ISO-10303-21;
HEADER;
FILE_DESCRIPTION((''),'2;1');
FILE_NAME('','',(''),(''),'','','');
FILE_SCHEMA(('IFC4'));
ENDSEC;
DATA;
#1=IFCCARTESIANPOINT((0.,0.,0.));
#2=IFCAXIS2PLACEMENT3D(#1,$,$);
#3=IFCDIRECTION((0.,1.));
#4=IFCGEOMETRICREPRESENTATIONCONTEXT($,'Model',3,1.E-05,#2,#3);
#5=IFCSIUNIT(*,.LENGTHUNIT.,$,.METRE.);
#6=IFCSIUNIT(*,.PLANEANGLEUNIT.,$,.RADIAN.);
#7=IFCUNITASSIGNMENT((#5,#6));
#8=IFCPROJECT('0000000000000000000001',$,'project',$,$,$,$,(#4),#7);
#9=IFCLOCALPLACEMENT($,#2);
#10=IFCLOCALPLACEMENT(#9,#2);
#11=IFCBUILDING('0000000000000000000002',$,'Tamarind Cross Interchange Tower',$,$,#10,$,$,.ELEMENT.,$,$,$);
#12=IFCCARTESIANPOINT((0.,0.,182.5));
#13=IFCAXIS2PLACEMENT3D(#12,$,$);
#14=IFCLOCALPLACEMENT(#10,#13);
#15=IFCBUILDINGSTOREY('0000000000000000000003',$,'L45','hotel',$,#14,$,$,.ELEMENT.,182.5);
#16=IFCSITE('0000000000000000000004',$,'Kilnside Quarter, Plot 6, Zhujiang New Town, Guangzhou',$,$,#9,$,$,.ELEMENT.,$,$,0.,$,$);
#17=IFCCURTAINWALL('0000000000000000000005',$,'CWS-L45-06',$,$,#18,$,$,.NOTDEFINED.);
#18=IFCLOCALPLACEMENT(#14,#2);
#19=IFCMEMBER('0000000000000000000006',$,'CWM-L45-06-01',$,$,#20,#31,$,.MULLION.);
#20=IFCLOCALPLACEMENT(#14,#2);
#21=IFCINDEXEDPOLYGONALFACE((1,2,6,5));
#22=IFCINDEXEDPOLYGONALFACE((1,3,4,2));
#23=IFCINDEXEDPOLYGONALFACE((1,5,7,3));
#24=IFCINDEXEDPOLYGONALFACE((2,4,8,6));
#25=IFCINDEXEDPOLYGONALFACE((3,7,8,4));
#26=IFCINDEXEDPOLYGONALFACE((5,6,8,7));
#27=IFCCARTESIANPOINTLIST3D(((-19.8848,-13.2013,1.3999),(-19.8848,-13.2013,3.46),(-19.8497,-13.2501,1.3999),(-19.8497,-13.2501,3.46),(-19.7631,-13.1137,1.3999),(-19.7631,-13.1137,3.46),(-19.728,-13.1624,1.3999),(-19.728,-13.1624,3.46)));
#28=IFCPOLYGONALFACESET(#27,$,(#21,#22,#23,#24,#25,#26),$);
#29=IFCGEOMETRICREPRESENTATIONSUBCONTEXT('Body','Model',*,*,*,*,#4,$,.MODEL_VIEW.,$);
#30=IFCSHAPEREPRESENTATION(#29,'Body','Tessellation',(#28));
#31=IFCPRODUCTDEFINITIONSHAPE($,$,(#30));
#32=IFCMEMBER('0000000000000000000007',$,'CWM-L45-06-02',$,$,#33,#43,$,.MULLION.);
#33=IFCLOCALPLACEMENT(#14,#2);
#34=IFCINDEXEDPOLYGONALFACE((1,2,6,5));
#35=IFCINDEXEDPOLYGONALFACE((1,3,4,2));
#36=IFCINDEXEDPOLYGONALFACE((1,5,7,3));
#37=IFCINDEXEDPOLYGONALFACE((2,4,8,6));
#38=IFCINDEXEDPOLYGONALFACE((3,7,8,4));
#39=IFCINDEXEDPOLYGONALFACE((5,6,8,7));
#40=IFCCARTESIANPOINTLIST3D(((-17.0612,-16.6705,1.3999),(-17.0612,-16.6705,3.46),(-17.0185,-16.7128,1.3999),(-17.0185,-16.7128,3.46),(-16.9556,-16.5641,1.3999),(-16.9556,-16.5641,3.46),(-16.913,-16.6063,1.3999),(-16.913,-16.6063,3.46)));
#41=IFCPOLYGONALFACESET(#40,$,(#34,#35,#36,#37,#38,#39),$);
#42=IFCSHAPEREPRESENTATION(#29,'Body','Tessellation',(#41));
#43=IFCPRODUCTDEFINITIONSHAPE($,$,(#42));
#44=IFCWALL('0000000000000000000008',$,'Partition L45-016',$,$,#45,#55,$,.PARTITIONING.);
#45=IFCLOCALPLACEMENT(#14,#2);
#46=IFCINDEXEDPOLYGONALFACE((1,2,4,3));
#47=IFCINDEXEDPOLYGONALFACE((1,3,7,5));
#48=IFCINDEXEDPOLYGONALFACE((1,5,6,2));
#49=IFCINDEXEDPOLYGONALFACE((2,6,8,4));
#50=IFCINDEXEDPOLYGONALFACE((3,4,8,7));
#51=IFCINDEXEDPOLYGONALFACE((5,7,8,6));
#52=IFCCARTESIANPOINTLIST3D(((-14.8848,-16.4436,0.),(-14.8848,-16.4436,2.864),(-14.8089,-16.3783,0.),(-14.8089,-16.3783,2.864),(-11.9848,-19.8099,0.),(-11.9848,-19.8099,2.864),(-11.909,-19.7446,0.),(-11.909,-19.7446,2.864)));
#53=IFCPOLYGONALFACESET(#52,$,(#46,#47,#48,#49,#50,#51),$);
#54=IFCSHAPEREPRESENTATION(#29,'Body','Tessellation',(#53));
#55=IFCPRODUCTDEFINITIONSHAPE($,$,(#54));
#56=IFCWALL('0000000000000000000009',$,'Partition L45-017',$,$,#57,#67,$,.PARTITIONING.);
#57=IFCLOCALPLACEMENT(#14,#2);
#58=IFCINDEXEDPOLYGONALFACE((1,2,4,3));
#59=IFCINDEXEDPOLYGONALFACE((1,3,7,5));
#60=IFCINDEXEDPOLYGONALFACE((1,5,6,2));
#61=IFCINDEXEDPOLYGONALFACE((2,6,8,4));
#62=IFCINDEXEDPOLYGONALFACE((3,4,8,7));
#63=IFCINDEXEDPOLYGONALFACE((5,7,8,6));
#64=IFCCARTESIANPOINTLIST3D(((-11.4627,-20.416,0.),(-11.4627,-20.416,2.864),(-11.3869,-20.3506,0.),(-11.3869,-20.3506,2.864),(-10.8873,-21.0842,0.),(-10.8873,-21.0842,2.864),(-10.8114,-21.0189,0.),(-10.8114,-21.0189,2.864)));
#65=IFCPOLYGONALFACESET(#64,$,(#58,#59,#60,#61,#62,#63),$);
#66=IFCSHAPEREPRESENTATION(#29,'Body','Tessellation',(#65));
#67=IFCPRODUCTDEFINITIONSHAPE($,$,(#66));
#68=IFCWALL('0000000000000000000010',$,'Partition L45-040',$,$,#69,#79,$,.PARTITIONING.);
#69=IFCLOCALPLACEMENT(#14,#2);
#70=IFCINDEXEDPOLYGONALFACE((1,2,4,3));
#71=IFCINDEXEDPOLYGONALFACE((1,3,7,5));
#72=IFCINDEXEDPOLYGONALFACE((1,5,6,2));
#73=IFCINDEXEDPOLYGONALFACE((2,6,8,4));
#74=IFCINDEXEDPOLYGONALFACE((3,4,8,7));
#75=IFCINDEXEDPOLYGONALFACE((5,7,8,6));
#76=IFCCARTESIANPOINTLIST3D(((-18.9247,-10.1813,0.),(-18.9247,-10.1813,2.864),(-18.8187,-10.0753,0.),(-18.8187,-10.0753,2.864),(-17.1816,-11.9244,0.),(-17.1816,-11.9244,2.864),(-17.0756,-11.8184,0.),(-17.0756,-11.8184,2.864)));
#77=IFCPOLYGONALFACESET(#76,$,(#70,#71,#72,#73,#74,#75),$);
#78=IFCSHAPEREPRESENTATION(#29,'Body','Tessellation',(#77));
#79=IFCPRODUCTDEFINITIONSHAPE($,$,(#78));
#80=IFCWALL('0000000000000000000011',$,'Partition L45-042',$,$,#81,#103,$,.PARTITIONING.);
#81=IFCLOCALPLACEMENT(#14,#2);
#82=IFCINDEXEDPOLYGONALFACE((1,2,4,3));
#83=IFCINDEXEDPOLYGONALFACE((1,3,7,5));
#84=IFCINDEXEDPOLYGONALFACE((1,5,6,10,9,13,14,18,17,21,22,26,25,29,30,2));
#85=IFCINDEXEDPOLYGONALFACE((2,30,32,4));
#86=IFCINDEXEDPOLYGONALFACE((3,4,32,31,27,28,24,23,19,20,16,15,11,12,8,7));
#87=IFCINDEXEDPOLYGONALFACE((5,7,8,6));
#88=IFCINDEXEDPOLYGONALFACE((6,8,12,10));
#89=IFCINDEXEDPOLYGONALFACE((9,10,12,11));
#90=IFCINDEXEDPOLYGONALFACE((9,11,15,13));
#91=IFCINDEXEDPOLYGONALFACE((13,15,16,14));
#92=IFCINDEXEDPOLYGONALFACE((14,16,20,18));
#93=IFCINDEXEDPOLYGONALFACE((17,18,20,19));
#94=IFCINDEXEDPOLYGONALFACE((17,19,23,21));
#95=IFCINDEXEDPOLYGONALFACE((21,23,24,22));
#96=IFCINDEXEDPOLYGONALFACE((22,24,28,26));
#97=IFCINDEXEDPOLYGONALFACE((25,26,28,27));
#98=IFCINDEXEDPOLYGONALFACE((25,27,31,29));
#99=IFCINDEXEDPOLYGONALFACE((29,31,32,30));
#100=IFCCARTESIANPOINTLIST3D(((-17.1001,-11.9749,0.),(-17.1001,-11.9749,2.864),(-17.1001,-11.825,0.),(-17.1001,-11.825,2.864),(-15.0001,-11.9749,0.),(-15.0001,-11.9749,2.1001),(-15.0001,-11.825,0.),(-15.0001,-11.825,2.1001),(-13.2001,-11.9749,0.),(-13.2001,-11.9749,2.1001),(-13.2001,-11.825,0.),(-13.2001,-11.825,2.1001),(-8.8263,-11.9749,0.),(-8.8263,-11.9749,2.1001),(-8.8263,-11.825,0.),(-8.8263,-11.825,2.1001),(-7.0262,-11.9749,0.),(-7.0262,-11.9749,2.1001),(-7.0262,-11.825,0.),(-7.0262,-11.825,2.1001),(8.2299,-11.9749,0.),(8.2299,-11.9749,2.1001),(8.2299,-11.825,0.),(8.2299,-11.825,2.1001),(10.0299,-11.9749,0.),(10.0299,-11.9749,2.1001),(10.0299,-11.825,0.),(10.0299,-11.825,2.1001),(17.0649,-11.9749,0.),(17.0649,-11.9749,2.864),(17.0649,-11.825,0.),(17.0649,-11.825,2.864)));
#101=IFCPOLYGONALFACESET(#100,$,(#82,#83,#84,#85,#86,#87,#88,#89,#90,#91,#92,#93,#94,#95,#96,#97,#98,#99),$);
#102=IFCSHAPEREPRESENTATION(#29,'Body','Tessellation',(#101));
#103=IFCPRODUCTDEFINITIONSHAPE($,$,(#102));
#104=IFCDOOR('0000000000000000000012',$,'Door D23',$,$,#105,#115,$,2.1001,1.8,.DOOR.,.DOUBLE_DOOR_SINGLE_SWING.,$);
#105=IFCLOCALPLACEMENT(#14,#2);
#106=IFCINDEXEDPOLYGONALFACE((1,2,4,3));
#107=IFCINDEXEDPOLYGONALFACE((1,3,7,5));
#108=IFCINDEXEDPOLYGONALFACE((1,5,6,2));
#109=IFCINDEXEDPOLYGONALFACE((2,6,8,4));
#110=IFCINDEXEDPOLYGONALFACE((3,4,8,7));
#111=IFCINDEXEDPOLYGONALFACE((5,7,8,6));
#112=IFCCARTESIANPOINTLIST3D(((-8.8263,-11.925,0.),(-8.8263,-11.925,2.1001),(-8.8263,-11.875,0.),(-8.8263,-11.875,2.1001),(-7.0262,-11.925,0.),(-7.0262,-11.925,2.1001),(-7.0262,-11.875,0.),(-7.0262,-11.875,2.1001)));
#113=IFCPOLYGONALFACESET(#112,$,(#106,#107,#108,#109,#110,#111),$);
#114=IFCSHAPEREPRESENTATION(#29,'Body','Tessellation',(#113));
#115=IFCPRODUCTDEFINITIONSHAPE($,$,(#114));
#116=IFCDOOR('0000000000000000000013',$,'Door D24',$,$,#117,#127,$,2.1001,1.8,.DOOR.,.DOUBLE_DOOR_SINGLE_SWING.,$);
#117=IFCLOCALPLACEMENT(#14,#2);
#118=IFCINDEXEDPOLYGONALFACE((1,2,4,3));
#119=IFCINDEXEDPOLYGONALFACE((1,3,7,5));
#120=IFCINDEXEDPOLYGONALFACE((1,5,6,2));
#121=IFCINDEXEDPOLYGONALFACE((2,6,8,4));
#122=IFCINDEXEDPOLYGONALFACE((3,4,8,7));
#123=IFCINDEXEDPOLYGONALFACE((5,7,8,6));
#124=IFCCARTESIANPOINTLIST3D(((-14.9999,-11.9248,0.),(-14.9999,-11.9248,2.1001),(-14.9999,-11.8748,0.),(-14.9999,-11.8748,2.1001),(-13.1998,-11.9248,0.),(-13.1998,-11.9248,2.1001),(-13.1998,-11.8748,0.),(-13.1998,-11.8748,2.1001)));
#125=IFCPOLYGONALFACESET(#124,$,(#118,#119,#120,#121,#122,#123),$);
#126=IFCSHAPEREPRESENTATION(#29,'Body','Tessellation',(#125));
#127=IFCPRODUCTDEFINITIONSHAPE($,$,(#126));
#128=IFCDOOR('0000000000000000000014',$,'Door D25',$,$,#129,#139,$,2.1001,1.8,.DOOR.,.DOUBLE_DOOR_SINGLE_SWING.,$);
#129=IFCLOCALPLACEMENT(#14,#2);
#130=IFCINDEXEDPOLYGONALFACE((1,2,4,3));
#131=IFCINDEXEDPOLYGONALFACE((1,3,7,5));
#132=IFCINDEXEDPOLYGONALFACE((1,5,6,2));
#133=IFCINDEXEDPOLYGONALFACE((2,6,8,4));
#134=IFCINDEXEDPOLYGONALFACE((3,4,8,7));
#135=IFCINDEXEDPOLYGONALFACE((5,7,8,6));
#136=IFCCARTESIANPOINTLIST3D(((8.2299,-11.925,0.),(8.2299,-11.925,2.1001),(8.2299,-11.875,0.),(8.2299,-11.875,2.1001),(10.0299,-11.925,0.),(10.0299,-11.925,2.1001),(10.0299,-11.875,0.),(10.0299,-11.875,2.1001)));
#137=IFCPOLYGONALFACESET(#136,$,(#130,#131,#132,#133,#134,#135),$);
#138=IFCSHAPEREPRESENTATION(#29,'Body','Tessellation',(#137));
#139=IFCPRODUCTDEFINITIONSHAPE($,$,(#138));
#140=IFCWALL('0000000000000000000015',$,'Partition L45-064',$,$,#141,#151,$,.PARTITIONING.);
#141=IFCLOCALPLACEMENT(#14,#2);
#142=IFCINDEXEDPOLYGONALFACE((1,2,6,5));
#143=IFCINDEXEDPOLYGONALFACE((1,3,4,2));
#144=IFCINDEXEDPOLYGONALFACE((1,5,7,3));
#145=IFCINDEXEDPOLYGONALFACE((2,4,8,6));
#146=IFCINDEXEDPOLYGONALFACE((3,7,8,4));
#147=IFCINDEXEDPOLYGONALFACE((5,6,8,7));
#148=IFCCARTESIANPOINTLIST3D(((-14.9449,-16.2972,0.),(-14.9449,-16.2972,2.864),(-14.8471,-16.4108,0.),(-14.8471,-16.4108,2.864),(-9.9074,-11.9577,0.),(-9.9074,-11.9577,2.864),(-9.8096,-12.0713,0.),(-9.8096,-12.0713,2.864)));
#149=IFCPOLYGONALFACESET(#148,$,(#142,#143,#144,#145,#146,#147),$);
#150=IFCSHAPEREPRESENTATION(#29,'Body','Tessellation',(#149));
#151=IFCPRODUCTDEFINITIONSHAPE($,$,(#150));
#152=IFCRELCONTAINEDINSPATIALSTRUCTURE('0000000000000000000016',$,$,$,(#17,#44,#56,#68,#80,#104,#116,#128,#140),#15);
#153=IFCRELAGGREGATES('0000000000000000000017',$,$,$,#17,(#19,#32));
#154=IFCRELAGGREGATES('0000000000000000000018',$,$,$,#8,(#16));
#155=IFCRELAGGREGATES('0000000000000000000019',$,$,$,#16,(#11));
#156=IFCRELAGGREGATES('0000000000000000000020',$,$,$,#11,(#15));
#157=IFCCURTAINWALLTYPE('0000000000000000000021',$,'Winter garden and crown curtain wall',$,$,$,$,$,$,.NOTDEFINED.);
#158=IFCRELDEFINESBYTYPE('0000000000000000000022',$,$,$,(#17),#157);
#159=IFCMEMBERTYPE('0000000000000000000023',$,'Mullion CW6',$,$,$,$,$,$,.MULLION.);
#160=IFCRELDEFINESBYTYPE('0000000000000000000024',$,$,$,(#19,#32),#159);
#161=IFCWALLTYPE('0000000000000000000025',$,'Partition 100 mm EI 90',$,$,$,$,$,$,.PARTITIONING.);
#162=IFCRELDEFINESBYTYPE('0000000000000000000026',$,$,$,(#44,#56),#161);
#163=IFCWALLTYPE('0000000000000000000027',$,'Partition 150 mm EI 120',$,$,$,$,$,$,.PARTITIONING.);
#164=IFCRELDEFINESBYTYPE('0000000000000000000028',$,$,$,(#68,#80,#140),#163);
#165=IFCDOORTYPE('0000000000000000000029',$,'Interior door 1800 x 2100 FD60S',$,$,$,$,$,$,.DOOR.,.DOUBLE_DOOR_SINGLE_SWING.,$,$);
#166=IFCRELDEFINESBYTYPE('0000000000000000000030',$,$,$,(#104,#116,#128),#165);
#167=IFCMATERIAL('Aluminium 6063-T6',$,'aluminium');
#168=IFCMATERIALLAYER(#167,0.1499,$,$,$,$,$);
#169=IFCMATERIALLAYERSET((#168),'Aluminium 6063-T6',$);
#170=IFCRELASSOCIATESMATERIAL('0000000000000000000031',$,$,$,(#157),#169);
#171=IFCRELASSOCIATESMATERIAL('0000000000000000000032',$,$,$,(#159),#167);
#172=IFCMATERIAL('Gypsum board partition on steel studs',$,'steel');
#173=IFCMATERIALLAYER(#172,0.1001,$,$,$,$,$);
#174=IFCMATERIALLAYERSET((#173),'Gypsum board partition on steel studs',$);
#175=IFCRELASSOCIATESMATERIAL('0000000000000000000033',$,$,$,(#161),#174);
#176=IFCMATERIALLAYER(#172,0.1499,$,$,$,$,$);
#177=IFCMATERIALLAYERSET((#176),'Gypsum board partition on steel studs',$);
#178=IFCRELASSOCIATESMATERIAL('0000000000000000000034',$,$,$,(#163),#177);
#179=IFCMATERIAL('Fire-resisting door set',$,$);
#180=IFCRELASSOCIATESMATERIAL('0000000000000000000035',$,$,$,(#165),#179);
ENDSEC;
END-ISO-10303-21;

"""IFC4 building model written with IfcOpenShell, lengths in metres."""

from ifc_helpers import new_model, si_unit, direction, frame, frame_2d, origin, origin_2d, place, context, subcontext, project, spatial, rectangle, extrude, material, layer, layer_set, material_profile, profile_set, type_object, element, fill, aggregate, save


model = new_model("IFC4")

# Units and contexts
model_context = context("Model", 3, precision=1e-05, world=origin(), true_north=direction((0.0, 1.0)))
body_context = subcontext(model_context, "Body", "Model", "MODEL_VIEW")
ifc_project = project(units=[si_unit("LENGTHUNIT", "METRE"), si_unit("PLANEANGLEUNIT", "RADIAN")], contexts=[model_context])

# Site, building, storey
site_placement = place(None, origin())
site = spatial("IfcSite", under=ifc_project, at=site_placement, Name="Kilnside Quarter, Plot 6, Zhujiang New Town, Guangzhou", CompositionType="ELEMENT", RefElevation=0.0)
building_placement = place(site_placement, origin())
building = spatial("IfcBuilding", under=site, at=building_placement, Name="Tamarind Cross Interchange Tower", CompositionType="ELEMENT")
storey_placement = place(building_placement, frame((0.0, 0.0, 182.5)))
storey = spatial("IfcBuildingStorey", under=building, at=storey_placement, Name="L45", Description="hotel", CompositionType="ELEMENT", Elevation=182.5)

# Curtain wall, members
ifc_material_1 = material(Name="Aluminium 6063-T6", Category="aluminium")
ifc_layer_1 = layer(ifc_material_1, 0.1499)
ifc_layer_set_1 = layer_set([ifc_layer_1], Name="Aluminium 6063-T6")
curtain_wall_type = type_object("IfcCurtainWallType", Name="Winter garden and crown curtain wall", PredefinedType="NOTDEFINED", material=ifc_layer_set_1)
curtain_wall_placement = place(storey_placement, origin())
curtain_wall = element("IfcCurtainWall", 1, at=curtain_wall_placement, inside=storey, type_object=curtain_wall_type, Name="CWS-L45-06", PredefinedType="NOTDEFINED")
ifc_material_profile_1 = material_profile(ifc_material_1, rectangle(XDim=0.0601, YDim=0.1499, at=origin_2d()), Name="Mullion CW6")
ifc_profile_set_1 = profile_set([ifc_material_profile_1], Name="Aluminium 6063-T6")
member_type = type_object("IfcMemberType", Name="Mullion CW6", PredefinedType="MULLION", material=ifc_profile_set_1)
member_1_placement = place(storey_placement, frame((-19.8064, -13.1819, 1.3999), z_axis=(0.0, 0.0, 1.0), x_axis=(0.584574, -0.81134, 0.0)))
member_1 = element("IfcMember", 2, at=member_1_placement, type_object=member_type, Name="CWM-L45-06-01", PredefinedType="MULLION", context=body_context, shape_type="SweptSolid", body=[
    extrude(rectangle(XDim=0.0601, YDim=0.1499, at=origin_2d()), origin(), (0.0, 0.0, 1.0), 2.0601),
])
member_2_placement = place(storey_placement, frame((-16.9871, -16.6384, 1.3999), z_axis=(0.0, 0.0, 1.0), x_axis=(0.710143, -0.704057, 0.0)))
member_2 = element("IfcMember", 3, at=member_2_placement, type_object=member_type, Name="CWM-L45-06-02", PredefinedType="MULLION", context=body_context, shape_type="SweptSolid", body=[
    extrude(rectangle(XDim=0.0601, YDim=0.1499, at=origin_2d()), origin(), (0.0, 0.0, 1.0), 2.0601),
])
aggregate(curtain_wall, [member_1, member_2])

# Walls
ifc_material_2 = material(Name="Gypsum board partition on steel studs", Category="steel")
ifc_layer_2 = layer(ifc_material_2, 0.1001)
ifc_layer_set_2 = layer_set([ifc_layer_2], Name="Gypsum board partition on steel studs")
wall_type_1 = type_object("IfcWallType", Name="Partition 100 mm EI 90", PredefinedType="PARTITIONING", material=ifc_layer_set_2)
wall_1_placement = place(storey_placement, frame((-14.8469, -16.4109, 0.0), z_axis=(0.0, 0.0, 1.0), x_axis=(0.652681, -0.757633, 0.0)))
element("IfcWall", 4, at=wall_1_placement, inside=storey, type_object=wall_type_1, Name="Partition L45-016", PredefinedType="PARTITIONING", context=body_context, shape_type="SweptSolid", body=[
    extrude(rectangle(XDim=4.4431, YDim=0.1001, at=frame_2d((2.2217, 0.0))), origin(), (0.0, 0.0, 1.0), 2.864),
])
wall_2_placement = place(storey_placement, frame((-11.4248, -20.3833, 0.0), z_axis=(0.0, 0.0, 1.0), x_axis=(0.652545, -0.75775, 0.0)))
element("IfcWall", 5, at=wall_2_placement, inside=storey, type_object=wall_type_1, Name="Partition L45-017", PredefinedType="PARTITIONING", context=body_context, shape_type="SweptSolid", body=[
    extrude(rectangle(XDim=0.8818, YDim=0.1001, at=frame_2d((0.4409, 0.0))), origin(), (0.0, 0.0, 1.0), 2.864),
])
ifc_layer_3 = layer(ifc_material_2, 0.1499)
ifc_layer_set_3 = layer_set([ifc_layer_3], Name="Gypsum board partition on steel studs")
wall_type_2 = type_object("IfcWallType", Name="Partition 150 mm EI 120", PredefinedType="PARTITIONING", material=ifc_layer_set_3)
wall_3_placement = place(storey_placement, frame((-18.8716, -10.1284, 0.0), z_axis=(0.0, 0.0, 1.0), x_axis=(0.707107, -0.707107, 0.0)))
element("IfcWall", 6, at=wall_3_placement, inside=storey, type_object=wall_type_2, Name="Partition L45-040", PredefinedType="PARTITIONING", context=body_context, shape_type="SweptSolid", body=[
    extrude(rectangle(XDim=2.4651, YDim=0.1499, at=frame_2d((1.2324, 0.0))), origin(), (0.0, 0.0, 1.0), 2.864),
])

# Wall, openings, doors
wall_4_placement = place(storey_placement, frame((-17.1001, -11.8999, 0.0), z_axis=(0.0, 0.0, 1.0), x_axis=(1.0, 0.0, 0.0)))
wall_4 = element("IfcWall", 7, at=wall_4_placement, inside=storey, type_object=wall_type_2, Name="Partition L45-042", PredefinedType="PARTITIONING", context=body_context, shape_type="SweptSolid", body=[
    extrude(rectangle(XDim=34.165, YDim=0.1499, at=frame_2d((17.0825, 0.0))), origin(), (0.0, 0.0, 1.0), 2.864),
])
opening_1_placement = place(wall_4_placement, frame((8.2739, 0.0, 0.0)))
opening_1 = element("IfcOpeningElement", 8, at=opening_1_placement, cuts=wall_4, PredefinedType="OPENING", context=body_context, shape_type="SweptSolid", body=[
    extrude(rectangle(XDim=1.8, YDim=2.1001, at=frame_2d((0.8999, 1.05))), frame((0.0, 0.085, 0.0), z_axis=(0.0, -1.0, 0.0), x_axis=(1.0, 0.0, 0.0)), (0.0, 0.0, 1.0), 0.1699),
])
opening_2_placement = place(wall_4_placement, frame((2.1001, 0.0, 0.0)))
opening_2 = element("IfcOpeningElement", 9, at=opening_2_placement, cuts=wall_4, PredefinedType="OPENING", context=body_context, shape_type="SweptSolid", body=[
    extrude(rectangle(XDim=1.8, YDim=2.1001, at=frame_2d((0.8999, 1.05))), frame((0.0, 0.085, 0.0), z_axis=(0.0, -1.0, 0.0), x_axis=(1.0, 0.0, 0.0)), (0.0, 0.0, 1.0), 0.1699),
])
opening_3_placement = place(wall_4_placement, frame((25.3301, 0.0, 0.0)))
opening_3 = element("IfcOpeningElement", 10, at=opening_3_placement, cuts=wall_4, PredefinedType="OPENING", context=body_context, shape_type="SweptSolid", body=[
    extrude(rectangle(XDim=1.8, YDim=2.1001, at=frame_2d((0.8999, 1.05))), frame((0.0, 0.085, 0.0), z_axis=(0.0, -1.0, 0.0), x_axis=(1.0, 0.0, 0.0)), (0.0, 0.0, 1.0), 0.1699),
])
ifc_material_3 = material(Name="Fire-resisting door set")
door_type_1 = type_object("IfcDoorType", Name="Interior door 1800 x 2100 FD60S", OperationType="DOUBLE_DOOR_SINGLE_SWING", PredefinedType="DOOR", material=ifc_material_3)
door_1_placement = place(opening_1_placement, origin())
door_1 = element("IfcDoor", 11, at=door_1_placement, inside=storey, type_object=door_type_1, Name="Door D23", OperationType="DOUBLE_DOOR_SINGLE_SWING", OverallHeight=2.1001, OverallWidth=1.8, PredefinedType="DOOR", context=body_context, shape_type="SweptSolid", body=[
    extrude(rectangle(XDim=1.8, YDim=2.1001, at=frame_2d((0.8999, 1.05))), frame((0.0, 0.0249, 0.0), z_axis=(0.0, -1.0, 0.0), x_axis=(1.0, 0.0, 0.0)), (0.0, 0.0, 1.0), 0.05),
])
fill(opening_1, door_1)
door_2_placement = place(opening_2_placement, frame((1.8, 0.0, 0.0), z_axis=(0.0, 0.0, 1.0), x_axis=(-1.0, 0.0, 0.0)))
door_2 = element("IfcDoor", 12, at=door_2_placement, inside=storey, type_object=door_type_1, Name="Door D24", OperationType="DOUBLE_DOOR_SINGLE_SWING", OverallHeight=2.1001, OverallWidth=1.8, PredefinedType="DOOR", context=body_context, shape_type="SweptSolid", body=[
    extrude(rectangle(XDim=1.8, YDim=2.1001, at=frame_2d((0.8999, 1.05))), frame((0.0, 0.0249, 0.0), z_axis=(0.0, -1.0, 0.0), x_axis=(1.0, 0.0, 0.0)), (0.0, 0.0, 1.0), 0.05),
])
fill(opening_2, door_2)
door_3_placement = place(opening_3_placement, origin())
door_3 = element("IfcDoor", 13, at=door_3_placement, inside=storey, type_object=door_type_1, Name="Door D25", OperationType="DOUBLE_DOOR_SINGLE_SWING", OverallHeight=2.1001, OverallWidth=1.8, PredefinedType="DOOR", context=body_context, shape_type="SweptSolid", body=[
    extrude(rectangle(XDim=1.8, YDim=2.1001, at=frame_2d((0.8999, 1.05))), frame((0.0, 0.0249, 0.0), z_axis=(0.0, -1.0, 0.0), x_axis=(1.0, 0.0, 0.0)), (0.0, 0.0, 1.0), 0.05),
])
fill(opening_3, door_3)

# Wall
wall_5_placement = place(storey_placement, frame((-14.896, -16.354, 0.0), z_axis=(0.0, 0.0, 1.0), x_axis=(0.757645, 0.652667, 0.0)))
element("IfcWall", 14, at=wall_5_placement, inside=storey, type_object=wall_type_2, Name="Partition L45-064", PredefinedType="PARTITIONING", context=body_context, shape_type="SweptSolid", body=[
    extrude(rectangle(XDim=6.6489, YDim=0.1499, at=frame_2d((3.3245, 0.0))), origin(), (0.0, 0.0, 1.0), 2.864),
])

save(model, "model.ifc")
